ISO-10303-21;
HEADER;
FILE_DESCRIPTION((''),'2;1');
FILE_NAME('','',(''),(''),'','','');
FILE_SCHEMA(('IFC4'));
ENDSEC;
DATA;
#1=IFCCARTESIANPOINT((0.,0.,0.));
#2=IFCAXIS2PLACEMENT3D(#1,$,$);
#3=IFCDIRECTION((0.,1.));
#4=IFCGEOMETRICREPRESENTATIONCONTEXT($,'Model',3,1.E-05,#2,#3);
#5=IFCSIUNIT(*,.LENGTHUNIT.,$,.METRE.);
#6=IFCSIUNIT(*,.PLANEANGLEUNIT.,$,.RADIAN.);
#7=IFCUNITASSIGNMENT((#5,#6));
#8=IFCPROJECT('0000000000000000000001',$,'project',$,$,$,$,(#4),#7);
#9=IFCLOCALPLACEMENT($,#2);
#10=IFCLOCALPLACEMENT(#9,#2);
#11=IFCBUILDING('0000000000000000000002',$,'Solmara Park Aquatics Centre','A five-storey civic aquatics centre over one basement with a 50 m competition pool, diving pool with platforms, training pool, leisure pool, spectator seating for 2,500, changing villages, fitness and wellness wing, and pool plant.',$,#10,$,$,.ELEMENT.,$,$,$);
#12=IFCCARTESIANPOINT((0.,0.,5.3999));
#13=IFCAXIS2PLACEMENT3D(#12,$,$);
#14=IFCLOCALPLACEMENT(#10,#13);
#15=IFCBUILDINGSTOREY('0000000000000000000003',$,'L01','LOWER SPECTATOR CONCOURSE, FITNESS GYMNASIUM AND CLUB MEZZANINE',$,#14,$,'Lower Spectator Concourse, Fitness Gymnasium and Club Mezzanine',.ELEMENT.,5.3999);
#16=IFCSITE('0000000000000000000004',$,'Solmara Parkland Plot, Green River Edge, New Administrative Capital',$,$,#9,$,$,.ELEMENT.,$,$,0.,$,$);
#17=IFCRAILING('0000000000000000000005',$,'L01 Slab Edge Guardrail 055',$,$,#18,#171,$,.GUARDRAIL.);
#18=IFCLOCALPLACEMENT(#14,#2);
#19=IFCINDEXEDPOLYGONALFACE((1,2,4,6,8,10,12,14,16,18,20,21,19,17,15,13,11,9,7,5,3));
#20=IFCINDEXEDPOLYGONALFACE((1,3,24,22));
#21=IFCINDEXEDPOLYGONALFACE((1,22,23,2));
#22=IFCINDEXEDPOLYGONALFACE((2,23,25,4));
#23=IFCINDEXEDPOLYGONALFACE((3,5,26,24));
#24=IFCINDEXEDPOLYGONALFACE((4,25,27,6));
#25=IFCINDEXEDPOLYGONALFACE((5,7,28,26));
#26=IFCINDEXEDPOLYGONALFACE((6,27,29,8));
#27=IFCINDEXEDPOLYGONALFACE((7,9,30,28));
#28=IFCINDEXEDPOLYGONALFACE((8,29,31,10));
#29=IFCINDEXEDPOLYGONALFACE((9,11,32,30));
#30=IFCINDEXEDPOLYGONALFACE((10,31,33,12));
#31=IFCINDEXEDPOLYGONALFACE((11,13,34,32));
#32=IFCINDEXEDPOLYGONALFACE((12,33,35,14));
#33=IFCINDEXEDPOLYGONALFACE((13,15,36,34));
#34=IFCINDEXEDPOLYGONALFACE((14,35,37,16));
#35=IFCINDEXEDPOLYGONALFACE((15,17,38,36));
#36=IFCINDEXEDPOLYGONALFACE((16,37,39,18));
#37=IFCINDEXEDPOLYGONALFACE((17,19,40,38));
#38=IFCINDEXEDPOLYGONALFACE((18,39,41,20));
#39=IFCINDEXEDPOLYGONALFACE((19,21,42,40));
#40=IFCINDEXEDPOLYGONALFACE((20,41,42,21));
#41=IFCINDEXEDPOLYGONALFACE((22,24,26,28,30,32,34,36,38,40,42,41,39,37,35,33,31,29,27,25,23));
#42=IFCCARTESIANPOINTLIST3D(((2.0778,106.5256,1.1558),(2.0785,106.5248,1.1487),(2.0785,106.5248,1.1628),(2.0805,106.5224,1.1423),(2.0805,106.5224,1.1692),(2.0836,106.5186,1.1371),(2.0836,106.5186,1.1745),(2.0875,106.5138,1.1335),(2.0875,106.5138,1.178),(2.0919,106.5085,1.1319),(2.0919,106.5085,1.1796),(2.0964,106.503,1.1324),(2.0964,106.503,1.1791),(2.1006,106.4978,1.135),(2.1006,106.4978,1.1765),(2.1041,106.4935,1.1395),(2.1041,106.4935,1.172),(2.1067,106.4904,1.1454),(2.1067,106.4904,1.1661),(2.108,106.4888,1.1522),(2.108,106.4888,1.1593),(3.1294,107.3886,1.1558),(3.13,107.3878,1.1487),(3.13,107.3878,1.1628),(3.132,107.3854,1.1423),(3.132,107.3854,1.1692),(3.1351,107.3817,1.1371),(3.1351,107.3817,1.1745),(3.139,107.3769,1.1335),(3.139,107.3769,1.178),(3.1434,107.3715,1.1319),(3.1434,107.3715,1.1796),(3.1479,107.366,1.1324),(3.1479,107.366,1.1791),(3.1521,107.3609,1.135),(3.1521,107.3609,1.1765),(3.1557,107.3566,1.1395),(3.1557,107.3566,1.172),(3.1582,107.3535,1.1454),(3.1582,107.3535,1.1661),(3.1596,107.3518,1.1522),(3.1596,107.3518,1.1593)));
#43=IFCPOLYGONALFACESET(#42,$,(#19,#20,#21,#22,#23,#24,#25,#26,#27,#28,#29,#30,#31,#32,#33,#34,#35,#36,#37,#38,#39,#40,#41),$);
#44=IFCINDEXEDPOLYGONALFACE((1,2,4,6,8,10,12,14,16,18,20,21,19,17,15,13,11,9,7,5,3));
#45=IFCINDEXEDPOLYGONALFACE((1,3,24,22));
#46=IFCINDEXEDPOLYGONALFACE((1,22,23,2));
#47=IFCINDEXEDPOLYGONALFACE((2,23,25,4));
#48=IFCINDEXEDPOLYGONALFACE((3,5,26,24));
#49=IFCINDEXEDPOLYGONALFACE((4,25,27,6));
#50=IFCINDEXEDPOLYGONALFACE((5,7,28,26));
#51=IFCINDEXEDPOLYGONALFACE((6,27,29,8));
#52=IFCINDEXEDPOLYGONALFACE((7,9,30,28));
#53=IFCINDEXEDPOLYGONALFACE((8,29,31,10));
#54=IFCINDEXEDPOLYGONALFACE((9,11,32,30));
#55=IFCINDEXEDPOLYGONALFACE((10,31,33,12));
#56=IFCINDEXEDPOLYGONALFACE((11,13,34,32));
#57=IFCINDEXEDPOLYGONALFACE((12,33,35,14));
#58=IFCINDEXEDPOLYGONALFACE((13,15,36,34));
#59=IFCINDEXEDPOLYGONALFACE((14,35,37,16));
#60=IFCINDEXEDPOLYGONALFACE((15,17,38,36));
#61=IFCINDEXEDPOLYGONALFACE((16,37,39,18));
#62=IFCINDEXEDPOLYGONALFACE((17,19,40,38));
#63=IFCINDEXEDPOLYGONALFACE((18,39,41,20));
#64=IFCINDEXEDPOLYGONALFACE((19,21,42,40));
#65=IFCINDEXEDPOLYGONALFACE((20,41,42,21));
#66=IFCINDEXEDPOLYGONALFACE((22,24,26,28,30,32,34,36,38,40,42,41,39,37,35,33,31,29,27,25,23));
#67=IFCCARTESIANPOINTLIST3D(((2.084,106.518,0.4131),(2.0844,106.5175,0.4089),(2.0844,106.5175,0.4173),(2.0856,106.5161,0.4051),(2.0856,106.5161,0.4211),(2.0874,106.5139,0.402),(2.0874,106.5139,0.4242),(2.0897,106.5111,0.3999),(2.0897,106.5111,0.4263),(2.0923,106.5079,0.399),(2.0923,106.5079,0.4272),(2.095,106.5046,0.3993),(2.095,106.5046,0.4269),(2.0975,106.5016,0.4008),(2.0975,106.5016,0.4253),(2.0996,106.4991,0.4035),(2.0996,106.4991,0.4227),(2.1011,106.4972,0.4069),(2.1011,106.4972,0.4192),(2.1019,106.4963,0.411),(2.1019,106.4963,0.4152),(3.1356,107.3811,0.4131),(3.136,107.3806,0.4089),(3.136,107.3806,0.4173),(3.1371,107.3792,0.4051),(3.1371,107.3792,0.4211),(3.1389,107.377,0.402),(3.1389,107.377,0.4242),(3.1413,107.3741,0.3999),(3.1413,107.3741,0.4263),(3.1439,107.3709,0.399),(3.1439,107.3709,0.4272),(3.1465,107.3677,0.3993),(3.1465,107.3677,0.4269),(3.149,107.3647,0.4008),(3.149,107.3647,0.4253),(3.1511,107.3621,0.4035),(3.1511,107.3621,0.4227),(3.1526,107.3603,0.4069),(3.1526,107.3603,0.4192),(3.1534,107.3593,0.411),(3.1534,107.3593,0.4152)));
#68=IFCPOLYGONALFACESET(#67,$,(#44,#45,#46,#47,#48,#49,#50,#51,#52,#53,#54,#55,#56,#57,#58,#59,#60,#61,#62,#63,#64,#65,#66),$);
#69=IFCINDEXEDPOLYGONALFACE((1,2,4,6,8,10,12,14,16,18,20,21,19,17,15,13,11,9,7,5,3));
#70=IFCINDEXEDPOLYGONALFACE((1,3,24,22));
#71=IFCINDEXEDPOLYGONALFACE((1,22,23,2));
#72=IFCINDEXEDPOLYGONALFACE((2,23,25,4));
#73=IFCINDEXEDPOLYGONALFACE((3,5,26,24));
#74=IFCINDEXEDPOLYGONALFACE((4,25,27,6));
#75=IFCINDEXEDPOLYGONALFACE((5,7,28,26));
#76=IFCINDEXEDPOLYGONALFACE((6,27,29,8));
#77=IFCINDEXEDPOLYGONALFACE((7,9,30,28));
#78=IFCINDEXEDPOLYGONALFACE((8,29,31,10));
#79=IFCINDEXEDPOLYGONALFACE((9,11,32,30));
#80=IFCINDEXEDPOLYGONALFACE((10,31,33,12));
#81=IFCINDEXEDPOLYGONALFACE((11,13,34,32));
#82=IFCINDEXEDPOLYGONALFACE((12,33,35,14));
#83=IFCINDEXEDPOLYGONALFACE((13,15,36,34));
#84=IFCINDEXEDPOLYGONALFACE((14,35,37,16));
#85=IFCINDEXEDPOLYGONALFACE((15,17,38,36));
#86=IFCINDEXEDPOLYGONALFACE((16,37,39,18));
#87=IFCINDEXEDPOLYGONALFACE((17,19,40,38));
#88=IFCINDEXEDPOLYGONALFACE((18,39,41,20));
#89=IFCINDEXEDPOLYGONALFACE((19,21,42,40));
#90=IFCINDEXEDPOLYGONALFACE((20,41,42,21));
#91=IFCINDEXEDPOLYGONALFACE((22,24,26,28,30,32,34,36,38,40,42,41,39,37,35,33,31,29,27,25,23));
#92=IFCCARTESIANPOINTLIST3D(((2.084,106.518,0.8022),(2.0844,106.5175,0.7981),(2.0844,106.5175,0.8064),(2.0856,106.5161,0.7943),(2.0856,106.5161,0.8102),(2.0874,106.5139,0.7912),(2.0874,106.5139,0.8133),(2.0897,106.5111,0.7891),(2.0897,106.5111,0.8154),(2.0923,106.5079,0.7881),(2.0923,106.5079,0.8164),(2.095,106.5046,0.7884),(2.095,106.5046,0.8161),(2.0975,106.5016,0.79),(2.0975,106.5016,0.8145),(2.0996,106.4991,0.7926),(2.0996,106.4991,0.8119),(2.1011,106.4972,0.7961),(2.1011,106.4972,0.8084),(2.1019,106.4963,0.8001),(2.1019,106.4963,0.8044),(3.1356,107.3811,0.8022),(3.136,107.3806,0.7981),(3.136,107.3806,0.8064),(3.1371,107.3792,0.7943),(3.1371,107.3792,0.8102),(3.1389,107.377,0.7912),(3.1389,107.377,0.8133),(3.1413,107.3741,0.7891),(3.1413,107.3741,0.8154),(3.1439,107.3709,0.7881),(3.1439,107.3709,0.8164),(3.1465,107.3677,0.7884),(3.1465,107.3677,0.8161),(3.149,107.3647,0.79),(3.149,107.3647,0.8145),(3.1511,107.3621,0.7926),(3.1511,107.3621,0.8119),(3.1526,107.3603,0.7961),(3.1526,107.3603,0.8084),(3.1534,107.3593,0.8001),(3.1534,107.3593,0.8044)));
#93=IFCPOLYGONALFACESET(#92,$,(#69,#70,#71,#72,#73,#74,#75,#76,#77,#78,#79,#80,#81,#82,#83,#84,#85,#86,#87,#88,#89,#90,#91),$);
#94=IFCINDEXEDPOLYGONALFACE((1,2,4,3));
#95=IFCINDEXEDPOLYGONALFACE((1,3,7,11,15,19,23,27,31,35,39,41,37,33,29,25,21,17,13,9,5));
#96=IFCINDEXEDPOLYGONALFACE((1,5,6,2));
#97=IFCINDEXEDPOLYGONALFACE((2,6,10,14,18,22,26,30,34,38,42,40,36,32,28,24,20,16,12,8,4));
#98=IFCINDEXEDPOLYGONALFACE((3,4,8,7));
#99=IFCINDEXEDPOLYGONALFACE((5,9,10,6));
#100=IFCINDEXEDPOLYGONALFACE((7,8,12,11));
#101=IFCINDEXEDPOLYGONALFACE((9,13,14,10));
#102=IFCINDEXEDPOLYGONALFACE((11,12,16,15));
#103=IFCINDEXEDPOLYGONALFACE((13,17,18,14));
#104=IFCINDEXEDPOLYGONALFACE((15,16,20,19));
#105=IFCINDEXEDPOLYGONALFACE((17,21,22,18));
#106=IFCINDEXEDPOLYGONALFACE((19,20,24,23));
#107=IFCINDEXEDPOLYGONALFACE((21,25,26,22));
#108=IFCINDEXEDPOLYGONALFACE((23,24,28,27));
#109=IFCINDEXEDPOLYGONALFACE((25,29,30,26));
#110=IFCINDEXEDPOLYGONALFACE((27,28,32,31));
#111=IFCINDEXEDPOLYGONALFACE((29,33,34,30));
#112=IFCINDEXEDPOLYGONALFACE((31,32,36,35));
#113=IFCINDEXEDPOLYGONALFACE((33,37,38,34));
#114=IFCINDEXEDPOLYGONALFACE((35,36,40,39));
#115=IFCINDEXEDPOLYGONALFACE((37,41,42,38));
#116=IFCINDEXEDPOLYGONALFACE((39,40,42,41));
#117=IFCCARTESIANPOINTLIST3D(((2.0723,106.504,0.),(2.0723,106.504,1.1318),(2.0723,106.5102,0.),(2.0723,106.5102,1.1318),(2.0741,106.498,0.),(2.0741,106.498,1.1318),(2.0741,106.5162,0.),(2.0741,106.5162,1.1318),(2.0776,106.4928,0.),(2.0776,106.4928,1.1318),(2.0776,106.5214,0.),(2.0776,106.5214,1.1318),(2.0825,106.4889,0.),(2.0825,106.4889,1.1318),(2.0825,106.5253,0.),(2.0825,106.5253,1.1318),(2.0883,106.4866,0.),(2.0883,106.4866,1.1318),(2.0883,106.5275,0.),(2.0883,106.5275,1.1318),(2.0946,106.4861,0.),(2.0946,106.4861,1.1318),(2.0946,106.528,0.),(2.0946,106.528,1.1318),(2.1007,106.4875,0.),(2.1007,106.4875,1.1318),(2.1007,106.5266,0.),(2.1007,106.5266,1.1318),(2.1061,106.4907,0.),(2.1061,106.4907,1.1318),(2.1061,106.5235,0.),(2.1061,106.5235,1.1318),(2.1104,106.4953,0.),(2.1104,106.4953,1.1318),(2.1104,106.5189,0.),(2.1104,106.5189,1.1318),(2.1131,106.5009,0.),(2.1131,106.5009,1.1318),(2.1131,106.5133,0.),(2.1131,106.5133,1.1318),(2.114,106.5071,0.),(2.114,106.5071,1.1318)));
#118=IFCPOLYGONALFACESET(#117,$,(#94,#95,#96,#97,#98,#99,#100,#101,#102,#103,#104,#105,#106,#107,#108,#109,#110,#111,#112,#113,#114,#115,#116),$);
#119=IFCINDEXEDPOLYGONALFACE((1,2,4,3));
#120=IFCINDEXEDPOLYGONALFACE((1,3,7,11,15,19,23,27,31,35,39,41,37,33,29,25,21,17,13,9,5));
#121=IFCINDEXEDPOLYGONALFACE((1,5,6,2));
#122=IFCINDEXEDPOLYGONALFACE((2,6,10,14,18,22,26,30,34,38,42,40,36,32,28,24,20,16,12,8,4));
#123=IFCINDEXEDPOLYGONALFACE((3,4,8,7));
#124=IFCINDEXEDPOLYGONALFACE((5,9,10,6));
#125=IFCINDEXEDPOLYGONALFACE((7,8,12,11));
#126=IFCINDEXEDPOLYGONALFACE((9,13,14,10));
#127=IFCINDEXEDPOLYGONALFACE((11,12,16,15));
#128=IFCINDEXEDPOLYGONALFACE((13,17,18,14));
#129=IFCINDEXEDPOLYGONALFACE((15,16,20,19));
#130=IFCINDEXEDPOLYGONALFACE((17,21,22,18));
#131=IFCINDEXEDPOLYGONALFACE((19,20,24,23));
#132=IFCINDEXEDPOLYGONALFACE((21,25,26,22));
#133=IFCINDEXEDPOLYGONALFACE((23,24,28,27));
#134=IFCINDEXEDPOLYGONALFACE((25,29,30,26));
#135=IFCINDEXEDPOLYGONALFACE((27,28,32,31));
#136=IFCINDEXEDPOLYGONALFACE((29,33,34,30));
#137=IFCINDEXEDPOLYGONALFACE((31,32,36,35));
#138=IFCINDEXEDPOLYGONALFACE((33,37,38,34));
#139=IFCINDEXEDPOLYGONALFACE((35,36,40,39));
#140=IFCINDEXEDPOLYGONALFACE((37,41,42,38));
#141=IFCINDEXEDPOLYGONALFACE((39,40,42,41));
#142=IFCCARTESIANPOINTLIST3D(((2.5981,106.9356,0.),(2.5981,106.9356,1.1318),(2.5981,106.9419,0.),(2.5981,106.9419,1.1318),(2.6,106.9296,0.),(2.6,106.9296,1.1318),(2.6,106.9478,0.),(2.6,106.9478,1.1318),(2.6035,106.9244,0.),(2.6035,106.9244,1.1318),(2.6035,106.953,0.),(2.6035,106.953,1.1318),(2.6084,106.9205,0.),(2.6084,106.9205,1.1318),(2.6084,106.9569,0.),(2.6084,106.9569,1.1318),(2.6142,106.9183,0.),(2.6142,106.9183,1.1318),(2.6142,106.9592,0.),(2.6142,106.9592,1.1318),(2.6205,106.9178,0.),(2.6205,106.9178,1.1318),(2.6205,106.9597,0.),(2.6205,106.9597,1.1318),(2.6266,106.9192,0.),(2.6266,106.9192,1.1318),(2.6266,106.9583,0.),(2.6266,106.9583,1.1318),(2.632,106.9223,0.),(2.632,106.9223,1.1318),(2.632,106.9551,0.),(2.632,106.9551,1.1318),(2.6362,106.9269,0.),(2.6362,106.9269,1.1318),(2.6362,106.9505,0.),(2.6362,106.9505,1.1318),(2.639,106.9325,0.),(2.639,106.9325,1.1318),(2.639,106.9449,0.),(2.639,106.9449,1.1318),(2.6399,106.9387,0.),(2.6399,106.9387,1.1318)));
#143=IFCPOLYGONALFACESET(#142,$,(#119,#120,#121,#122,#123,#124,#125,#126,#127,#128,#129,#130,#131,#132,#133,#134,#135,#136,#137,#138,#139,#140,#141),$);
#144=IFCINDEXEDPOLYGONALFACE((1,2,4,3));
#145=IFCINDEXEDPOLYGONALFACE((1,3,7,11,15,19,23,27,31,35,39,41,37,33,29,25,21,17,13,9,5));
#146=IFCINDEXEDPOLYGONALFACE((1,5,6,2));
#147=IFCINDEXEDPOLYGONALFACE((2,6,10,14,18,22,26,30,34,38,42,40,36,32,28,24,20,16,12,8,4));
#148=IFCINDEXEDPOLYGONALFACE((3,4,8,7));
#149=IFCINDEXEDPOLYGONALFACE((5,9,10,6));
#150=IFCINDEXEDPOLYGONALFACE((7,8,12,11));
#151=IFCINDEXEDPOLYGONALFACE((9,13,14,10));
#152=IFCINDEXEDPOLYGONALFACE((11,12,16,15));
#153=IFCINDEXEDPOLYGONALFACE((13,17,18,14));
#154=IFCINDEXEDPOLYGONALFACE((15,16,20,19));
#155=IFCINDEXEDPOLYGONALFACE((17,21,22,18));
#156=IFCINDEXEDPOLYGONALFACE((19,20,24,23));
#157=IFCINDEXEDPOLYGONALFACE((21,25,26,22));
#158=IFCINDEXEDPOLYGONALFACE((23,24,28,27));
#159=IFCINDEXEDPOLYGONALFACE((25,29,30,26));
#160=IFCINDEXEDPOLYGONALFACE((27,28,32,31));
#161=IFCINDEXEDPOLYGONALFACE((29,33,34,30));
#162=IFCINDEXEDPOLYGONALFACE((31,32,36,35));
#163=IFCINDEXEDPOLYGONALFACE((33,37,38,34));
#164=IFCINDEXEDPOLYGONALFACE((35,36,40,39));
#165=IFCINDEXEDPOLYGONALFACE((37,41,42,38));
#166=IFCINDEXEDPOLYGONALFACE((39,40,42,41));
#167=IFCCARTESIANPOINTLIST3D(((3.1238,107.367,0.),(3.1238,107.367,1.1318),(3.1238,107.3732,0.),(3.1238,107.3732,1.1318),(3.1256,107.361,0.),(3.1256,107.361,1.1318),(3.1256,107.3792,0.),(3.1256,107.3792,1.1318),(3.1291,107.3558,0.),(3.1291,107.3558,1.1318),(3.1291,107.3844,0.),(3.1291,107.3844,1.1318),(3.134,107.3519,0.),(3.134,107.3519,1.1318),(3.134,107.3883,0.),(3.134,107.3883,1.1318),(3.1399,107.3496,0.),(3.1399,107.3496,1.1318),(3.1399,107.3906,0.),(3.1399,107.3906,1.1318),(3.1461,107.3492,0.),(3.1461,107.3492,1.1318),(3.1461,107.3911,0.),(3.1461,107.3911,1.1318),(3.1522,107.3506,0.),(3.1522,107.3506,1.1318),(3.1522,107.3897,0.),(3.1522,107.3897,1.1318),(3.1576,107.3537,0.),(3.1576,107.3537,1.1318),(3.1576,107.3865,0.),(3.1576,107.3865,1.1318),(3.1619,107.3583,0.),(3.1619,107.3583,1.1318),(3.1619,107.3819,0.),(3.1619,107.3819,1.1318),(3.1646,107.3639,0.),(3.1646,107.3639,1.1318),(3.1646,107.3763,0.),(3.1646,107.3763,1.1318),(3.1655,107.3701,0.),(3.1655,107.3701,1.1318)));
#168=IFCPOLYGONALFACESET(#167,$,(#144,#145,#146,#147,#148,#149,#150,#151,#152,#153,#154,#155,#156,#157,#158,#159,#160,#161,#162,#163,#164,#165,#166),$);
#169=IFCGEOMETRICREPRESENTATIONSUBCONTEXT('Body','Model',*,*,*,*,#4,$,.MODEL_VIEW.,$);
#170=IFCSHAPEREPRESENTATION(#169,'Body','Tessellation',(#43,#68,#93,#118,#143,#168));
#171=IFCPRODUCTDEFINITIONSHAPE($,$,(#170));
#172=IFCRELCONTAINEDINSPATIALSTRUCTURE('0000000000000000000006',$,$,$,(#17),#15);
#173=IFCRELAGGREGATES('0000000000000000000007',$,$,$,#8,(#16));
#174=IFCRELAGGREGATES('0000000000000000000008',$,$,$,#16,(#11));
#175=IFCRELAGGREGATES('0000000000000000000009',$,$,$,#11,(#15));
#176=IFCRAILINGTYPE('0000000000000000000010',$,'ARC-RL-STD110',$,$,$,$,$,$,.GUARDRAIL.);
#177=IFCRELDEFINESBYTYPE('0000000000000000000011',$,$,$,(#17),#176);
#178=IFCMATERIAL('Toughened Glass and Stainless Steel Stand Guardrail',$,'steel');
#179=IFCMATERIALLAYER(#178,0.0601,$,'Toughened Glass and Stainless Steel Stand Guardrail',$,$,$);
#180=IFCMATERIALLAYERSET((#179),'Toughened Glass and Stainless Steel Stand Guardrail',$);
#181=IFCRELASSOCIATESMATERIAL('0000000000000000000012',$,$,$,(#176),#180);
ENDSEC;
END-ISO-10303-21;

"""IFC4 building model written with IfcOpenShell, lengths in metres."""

from ifc_helpers import new_model, si_unit, direction, frame, origin, origin_2d, place, context, subcontext, project, spatial, circle, extrude, material, layer, layer_set, type_object, element, save


model = new_model("IFC4")

# Units and contexts
model_context = context("Model", 3, precision=1e-05, world=origin(), true_north=direction((0.0, 1.0)))
body_context = subcontext(model_context, "Body", "Model", "MODEL_VIEW")
ifc_project = project(units=[si_unit("LENGTHUNIT", "METRE"), si_unit("PLANEANGLEUNIT", "RADIAN")], contexts=[model_context])

# Site, building, storey
site_placement = place(None, origin())
site = spatial("IfcSite", under=ifc_project, at=site_placement, Name="Solmara Parkland Plot, Green River Edge, New Administrative Capital", CompositionType="ELEMENT", RefElevation=0.0)
building_placement = place(site_placement, origin())
building = spatial("IfcBuilding", under=site, at=building_placement, Name="Solmara Park Aquatics Centre", Description="A five-storey civic aquatics centre over one basement with a 50 m competition pool, diving pool with platforms, training pool, leisure pool, spectator seating for 2,500, changing villages, fitness and wellness wing, and pool plant.", CompositionType="ELEMENT")
storey_placement = place(building_placement, frame((0.0, 0.0, 5.3999)))
storey = spatial("IfcBuildingStorey", under=building, at=storey_placement, Name="L01", Description="LOWER SPECTATOR CONCOURSE, FITNESS GYMNASIUM AND CLUB MEZZANINE", LongName="Lower Spectator Concourse, Fitness Gymnasium and Club Mezzanine", CompositionType="ELEMENT", Elevation=5.3999)

# Railing
ifc_material_1 = material(Name="Toughened Glass and Stainless Steel Stand Guardrail", Category="steel")
ifc_layer_1 = layer(ifc_material_1, 0.0601, Name="Toughened Glass and Stainless Steel Stand Guardrail")
ifc_layer_set_1 = layer_set([ifc_layer_1], Name="Toughened Glass and Stainless Steel Stand Guardrail")
railing_type = type_object("IfcRailingType", Name="ARC-RL-STD110", PredefinedType="GUARDRAIL", material=ifc_layer_set_1)
railing_1_placement = place(storey_placement, frame((2.093, 106.5071, 0.0)))
element("IfcRailing", 1, at=railing_1_placement, inside=storey, type_object=railing_type, Name="L01 Slab Edge Guardrail 055", PredefinedType="GUARDRAIL", context=body_context, shape_type="SweptSolid", body=[
    extrude(circle(Radius=0.0239, at=origin_2d()), frame((0.0, 0.0, 1.1558), z_axis=(0.772981, 0.634429, 0.0), x_axis=(-0.634429, 0.772981, 0.0)), (0.0, 0.0, 1.0), 1.3604),
    extrude(circle(Radius=0.0142, at=origin_2d()), frame((0.0, 0.0, 0.4131), z_axis=(0.772981, 0.634429, 0.0), x_axis=(-0.634429, 0.772981, 0.0)), (0.0, 0.0, 1.0), 1.3604),
    extrude(circle(Radius=0.0142, at=origin_2d()), frame((0.0, 0.0, 0.8022), z_axis=(0.772981, 0.634429, 0.0), x_axis=(-0.634429, 0.772981, 0.0)), (0.0, 0.0, 1.0), 1.3604),
    extrude(circle(Radius=0.021, at=origin_2d()), origin(), (0.0, 0.0, 1.0), 1.1318),
    extrude(circle(Radius=0.021, at=origin_2d()), frame((0.5259, 0.4316, 0.0)), (0.0, 0.0, 1.0), 1.1318),
    extrude(circle(Radius=0.021, at=origin_2d()), frame((1.0515, 0.863, 0.0)), (0.0, 0.0, 1.0), 1.1318),
])

save(model, "model.ifc")
